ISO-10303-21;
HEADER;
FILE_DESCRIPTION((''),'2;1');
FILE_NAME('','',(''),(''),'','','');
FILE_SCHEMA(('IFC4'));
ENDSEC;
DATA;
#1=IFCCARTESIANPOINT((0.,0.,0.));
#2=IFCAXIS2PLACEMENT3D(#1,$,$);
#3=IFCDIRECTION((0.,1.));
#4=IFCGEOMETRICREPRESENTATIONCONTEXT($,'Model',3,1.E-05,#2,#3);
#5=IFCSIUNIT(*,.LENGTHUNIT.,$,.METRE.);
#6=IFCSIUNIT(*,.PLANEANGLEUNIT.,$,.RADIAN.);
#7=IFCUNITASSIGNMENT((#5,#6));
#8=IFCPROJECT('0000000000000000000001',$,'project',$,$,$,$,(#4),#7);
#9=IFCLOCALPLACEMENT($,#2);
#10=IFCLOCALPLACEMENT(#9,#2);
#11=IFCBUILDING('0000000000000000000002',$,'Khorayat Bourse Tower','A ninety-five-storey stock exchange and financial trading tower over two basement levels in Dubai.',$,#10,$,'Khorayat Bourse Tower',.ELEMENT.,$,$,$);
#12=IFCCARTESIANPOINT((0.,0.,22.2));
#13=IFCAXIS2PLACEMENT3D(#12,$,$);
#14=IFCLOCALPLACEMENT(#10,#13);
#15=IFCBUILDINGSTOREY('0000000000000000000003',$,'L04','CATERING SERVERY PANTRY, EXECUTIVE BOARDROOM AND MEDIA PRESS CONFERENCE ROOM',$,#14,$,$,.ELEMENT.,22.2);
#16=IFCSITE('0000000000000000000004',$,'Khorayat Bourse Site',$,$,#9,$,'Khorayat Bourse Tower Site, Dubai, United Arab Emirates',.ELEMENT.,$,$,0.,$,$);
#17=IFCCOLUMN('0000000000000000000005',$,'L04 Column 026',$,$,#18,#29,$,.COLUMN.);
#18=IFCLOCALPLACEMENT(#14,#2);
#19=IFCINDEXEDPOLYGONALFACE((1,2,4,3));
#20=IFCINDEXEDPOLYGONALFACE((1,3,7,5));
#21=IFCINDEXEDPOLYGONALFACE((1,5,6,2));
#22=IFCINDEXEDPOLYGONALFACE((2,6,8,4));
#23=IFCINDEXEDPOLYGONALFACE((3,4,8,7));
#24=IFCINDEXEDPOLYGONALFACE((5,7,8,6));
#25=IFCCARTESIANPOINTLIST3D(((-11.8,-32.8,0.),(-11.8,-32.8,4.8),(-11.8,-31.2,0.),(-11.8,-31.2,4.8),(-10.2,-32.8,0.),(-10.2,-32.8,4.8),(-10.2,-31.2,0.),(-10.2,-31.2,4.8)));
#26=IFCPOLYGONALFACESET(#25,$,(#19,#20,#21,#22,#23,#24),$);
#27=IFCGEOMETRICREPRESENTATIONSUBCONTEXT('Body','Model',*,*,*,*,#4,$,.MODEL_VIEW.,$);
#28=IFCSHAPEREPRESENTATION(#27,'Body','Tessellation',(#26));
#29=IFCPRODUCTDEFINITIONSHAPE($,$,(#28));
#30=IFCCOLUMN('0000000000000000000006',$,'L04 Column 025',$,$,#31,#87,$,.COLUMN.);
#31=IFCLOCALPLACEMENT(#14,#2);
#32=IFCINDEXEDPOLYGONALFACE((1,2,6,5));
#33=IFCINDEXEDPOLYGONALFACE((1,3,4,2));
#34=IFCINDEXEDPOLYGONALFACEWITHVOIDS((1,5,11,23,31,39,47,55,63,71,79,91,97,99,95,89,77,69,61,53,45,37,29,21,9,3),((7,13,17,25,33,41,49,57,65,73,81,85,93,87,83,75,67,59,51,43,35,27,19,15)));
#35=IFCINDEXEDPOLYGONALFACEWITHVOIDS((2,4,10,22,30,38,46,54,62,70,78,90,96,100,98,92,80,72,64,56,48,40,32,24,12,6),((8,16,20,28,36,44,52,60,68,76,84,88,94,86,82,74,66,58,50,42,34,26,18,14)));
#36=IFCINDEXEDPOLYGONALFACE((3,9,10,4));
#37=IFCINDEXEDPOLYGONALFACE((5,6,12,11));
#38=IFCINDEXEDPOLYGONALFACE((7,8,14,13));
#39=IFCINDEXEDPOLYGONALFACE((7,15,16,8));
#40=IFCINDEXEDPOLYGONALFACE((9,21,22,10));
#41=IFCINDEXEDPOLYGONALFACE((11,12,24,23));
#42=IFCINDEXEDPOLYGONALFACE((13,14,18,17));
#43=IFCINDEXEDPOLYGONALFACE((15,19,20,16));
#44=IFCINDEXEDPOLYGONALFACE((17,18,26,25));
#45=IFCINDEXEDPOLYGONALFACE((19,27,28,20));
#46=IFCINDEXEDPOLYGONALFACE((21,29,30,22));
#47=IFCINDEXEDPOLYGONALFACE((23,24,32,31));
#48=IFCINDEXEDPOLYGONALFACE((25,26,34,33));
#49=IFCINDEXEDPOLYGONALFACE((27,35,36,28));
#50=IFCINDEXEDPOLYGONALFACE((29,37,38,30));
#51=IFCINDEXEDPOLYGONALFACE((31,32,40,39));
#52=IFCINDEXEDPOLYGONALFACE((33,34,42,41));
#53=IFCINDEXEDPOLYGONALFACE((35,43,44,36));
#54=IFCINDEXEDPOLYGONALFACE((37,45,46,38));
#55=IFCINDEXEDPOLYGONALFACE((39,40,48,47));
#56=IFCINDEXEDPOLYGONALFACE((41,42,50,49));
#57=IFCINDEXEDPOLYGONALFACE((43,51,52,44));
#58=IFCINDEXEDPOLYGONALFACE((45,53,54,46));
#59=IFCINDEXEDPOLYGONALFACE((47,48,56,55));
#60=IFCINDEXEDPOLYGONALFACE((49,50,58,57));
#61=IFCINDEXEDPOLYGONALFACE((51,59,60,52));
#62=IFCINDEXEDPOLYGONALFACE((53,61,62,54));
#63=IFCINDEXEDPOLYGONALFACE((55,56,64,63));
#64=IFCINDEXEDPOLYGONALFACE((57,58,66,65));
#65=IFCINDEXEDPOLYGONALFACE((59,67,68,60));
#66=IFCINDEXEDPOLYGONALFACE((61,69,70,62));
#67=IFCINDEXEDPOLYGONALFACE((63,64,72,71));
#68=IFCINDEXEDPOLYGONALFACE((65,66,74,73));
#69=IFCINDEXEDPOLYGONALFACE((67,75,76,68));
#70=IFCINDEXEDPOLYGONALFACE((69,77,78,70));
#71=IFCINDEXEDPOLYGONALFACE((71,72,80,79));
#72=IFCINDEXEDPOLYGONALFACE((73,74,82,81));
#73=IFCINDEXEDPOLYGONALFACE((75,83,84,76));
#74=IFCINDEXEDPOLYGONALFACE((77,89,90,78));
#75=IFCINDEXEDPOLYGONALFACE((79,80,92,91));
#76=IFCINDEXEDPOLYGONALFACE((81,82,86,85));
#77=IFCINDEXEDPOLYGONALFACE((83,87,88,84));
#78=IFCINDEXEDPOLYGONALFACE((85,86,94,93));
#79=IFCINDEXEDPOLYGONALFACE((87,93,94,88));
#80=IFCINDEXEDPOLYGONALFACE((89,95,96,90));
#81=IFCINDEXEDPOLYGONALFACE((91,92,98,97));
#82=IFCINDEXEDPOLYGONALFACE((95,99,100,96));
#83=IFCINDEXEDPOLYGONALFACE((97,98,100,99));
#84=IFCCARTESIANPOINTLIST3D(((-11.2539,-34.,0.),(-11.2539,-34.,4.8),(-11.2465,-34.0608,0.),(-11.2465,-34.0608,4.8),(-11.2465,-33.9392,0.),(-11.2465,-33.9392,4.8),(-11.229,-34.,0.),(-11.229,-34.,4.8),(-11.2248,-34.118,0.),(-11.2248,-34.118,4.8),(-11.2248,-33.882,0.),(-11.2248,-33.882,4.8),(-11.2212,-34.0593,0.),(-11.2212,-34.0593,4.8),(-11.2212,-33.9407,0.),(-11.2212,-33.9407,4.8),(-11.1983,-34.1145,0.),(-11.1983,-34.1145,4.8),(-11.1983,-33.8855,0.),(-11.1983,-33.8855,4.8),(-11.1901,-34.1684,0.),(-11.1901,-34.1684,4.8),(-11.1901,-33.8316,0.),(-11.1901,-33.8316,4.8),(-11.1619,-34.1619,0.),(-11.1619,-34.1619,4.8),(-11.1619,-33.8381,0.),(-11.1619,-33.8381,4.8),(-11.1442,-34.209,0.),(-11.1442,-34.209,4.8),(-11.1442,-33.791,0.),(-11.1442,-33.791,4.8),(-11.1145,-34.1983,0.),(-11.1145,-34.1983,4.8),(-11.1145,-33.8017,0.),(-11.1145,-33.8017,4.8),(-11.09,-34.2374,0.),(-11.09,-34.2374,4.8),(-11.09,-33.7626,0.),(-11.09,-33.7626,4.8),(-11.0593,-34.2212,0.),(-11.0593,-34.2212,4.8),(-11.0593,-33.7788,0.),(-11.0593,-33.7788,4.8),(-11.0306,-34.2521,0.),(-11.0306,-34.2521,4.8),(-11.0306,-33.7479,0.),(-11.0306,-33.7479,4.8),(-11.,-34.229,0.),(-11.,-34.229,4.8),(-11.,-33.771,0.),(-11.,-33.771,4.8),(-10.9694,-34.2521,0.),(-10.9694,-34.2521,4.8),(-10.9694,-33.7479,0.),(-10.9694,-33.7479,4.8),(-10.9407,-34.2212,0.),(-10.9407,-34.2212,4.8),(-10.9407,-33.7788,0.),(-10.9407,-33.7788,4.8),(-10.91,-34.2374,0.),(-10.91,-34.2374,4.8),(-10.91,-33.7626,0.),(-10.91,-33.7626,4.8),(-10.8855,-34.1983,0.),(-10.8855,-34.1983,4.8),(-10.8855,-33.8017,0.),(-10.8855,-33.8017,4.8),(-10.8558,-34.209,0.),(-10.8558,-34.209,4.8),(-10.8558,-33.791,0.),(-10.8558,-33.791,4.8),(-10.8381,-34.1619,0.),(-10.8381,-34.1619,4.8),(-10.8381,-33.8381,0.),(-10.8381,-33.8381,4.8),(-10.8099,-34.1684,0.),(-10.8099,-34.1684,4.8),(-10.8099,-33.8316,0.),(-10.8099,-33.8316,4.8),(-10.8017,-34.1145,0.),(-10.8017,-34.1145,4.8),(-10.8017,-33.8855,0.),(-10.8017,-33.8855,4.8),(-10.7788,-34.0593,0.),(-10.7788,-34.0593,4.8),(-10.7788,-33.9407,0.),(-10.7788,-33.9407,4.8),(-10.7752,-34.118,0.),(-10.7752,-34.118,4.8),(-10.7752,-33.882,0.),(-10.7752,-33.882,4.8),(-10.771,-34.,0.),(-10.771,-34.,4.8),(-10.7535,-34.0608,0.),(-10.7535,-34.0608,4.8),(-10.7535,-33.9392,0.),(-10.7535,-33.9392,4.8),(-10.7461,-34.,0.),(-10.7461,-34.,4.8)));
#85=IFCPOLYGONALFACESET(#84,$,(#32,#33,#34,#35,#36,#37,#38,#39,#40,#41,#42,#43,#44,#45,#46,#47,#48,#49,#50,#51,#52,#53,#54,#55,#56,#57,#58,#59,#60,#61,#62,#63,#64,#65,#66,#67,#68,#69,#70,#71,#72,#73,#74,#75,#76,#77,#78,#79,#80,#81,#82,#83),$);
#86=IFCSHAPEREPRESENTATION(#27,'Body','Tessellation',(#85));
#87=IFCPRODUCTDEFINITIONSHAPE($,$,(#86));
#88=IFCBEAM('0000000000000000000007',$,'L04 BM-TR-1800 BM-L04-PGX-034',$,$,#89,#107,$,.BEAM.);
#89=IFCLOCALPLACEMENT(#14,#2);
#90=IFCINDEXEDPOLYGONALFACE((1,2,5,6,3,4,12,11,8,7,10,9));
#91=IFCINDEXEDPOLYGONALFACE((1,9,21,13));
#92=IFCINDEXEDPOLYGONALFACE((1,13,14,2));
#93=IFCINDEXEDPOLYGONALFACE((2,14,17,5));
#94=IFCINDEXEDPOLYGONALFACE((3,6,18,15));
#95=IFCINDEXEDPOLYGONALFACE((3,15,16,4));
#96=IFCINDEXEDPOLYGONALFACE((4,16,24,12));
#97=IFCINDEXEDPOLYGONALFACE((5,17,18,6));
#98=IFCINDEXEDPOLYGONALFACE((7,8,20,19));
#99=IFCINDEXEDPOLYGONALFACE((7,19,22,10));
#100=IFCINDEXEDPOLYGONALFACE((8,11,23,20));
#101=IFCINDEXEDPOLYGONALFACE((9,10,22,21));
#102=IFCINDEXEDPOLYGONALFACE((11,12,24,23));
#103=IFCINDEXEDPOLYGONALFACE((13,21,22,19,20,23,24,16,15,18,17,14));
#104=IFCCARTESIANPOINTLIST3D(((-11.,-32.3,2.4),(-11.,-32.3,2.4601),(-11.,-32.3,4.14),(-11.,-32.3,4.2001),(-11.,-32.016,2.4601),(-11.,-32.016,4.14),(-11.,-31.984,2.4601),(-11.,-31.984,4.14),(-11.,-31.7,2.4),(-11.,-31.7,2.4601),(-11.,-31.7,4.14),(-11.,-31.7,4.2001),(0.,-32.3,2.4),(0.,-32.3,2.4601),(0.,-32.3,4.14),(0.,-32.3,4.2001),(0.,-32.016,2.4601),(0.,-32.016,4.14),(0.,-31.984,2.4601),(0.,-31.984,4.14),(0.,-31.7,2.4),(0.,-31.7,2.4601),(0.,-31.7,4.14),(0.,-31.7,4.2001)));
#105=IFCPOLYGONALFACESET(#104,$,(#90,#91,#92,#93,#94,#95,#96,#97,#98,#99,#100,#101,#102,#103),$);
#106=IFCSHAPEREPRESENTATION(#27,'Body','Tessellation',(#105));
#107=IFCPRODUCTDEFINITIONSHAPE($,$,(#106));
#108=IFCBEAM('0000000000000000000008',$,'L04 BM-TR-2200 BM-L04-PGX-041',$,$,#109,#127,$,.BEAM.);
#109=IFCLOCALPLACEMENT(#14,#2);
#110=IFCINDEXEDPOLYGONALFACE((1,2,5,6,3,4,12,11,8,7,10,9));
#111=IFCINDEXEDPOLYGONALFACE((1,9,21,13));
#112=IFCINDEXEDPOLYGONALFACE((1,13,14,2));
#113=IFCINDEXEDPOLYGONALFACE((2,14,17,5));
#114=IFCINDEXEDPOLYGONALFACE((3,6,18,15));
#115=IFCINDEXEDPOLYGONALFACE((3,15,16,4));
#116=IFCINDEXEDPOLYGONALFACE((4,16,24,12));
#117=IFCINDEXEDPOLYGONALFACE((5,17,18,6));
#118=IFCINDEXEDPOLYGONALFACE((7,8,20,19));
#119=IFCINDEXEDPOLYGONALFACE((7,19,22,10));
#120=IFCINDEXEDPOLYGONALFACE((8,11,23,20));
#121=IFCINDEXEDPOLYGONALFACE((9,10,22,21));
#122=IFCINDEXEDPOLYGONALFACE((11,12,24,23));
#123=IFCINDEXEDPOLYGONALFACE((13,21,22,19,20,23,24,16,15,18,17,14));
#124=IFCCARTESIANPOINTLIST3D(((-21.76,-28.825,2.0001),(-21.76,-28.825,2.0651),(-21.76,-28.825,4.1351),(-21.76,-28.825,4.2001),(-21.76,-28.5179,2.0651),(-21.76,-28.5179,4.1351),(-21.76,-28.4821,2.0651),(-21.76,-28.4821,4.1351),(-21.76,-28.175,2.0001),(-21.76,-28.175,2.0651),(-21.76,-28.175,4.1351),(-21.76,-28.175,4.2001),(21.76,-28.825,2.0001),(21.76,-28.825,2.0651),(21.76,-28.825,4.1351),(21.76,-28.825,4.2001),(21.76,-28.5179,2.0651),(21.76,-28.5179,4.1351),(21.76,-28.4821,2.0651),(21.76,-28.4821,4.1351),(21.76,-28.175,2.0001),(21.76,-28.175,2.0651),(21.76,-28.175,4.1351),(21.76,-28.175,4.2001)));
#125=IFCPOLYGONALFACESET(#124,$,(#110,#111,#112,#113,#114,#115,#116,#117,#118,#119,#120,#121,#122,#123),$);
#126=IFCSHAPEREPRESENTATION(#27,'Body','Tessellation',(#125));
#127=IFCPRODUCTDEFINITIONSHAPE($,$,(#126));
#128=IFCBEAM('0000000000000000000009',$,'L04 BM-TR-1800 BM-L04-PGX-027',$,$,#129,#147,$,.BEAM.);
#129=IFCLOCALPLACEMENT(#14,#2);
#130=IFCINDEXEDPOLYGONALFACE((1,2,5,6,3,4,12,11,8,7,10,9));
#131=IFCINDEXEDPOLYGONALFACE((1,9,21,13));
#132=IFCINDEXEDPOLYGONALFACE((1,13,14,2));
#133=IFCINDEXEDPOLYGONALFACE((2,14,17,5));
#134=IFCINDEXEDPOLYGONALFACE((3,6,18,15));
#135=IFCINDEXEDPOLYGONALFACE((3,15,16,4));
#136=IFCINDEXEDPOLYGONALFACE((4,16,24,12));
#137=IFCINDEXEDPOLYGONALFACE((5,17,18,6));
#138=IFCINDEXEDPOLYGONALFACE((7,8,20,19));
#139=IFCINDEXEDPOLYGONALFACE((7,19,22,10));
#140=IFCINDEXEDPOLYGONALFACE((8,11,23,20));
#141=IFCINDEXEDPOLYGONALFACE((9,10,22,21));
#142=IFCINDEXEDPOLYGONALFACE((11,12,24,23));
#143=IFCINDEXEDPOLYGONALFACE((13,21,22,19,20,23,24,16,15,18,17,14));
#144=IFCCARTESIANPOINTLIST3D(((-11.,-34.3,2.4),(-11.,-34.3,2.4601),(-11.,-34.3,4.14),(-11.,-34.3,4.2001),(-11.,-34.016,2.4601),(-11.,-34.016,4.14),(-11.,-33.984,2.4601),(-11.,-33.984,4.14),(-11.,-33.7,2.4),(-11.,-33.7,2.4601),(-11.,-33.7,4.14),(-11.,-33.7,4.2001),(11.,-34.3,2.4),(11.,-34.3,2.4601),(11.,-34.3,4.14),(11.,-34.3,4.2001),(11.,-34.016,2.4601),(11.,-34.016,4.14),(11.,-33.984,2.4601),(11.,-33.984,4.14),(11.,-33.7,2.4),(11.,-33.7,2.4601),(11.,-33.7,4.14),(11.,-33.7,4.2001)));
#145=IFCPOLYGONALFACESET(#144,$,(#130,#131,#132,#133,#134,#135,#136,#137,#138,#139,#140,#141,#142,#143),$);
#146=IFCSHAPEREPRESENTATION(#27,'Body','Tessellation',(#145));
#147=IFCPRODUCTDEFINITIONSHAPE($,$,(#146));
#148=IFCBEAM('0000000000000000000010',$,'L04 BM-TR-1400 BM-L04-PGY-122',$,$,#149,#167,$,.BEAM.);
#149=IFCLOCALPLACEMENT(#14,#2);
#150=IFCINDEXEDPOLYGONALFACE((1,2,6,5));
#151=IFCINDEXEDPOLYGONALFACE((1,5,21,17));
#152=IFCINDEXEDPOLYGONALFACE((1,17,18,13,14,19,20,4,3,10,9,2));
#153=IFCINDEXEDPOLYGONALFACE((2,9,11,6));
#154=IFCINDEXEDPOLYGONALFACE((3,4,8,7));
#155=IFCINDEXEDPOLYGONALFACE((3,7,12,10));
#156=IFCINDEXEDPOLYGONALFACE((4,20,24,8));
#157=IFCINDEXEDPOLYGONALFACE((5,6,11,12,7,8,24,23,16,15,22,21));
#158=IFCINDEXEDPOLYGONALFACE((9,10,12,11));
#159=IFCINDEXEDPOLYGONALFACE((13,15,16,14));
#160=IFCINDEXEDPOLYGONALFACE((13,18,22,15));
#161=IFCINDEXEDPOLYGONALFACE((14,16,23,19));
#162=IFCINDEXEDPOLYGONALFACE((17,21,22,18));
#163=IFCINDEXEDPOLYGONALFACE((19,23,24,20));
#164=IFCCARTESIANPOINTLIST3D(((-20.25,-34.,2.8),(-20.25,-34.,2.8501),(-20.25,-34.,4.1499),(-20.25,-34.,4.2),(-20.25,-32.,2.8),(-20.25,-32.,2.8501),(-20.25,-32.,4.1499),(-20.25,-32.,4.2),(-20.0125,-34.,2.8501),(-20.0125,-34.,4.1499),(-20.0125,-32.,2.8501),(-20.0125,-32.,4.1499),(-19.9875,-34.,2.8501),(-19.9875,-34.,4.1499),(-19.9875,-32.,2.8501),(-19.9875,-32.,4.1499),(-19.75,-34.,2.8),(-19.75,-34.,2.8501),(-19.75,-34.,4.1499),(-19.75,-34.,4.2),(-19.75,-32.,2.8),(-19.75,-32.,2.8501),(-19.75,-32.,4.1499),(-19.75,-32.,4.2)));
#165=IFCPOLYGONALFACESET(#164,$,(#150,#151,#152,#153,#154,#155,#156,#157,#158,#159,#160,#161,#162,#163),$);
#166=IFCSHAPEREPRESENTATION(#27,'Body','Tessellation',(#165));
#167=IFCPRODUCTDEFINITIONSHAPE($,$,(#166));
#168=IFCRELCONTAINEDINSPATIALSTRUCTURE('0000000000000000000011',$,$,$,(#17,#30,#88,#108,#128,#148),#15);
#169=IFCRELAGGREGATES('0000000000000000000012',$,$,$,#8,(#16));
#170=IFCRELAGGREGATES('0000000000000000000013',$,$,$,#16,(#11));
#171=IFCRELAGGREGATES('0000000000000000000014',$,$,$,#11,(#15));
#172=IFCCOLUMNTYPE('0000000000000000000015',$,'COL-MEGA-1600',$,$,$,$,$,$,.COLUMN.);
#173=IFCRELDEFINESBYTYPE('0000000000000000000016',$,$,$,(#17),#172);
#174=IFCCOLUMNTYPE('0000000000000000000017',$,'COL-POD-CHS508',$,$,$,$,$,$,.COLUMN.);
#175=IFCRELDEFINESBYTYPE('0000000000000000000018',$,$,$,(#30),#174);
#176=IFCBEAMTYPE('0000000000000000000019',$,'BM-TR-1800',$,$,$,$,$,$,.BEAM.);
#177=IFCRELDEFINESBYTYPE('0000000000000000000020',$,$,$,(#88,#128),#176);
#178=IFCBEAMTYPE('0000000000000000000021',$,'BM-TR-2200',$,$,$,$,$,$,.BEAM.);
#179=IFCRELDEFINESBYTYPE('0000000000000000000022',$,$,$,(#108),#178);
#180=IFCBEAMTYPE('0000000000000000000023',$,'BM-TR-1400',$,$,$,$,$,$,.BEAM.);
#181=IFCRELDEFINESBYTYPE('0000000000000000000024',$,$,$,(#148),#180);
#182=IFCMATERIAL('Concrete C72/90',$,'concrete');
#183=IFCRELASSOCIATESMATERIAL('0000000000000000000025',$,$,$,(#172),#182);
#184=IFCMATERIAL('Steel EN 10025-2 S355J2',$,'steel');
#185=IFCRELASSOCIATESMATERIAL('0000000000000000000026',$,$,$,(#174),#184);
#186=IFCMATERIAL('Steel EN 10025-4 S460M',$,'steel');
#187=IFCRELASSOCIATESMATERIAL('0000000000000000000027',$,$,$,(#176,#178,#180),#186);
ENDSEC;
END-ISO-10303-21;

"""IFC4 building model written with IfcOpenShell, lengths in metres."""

from ifc_helpers import new_model, si_unit, direction, frame, origin, origin_2d, place, context, subcontext, project, spatial, rectangle, hollow_circle, i_section, extrude, source, transform, mapped, material, material_profile, profile_set, type_object, element, save


model = new_model("IFC4")

# Units and contexts
model_context = context("Model", 3, precision=1e-05, world=origin(), true_north=direction((0.0, 1.0)))
body_context = subcontext(model_context, "Body", "Model", "MODEL_VIEW")
ifc_project = project(units=[si_unit("LENGTHUNIT", "METRE"), si_unit("PLANEANGLEUNIT", "RADIAN")], contexts=[model_context])

# Site, building, storey
site_placement = place(None, origin())
site = spatial("IfcSite", under=ifc_project, at=site_placement, Name="Khorayat Bourse Site", LongName="Khorayat Bourse Tower Site, Dubai, United Arab Emirates", CompositionType="ELEMENT", RefElevation=0.0)
building_placement = place(site_placement, origin())
building = spatial("IfcBuilding", under=site, at=building_placement, Name="Khorayat Bourse Tower", Description="A ninety-five-storey stock exchange and financial trading tower over two basement levels in Dubai.", LongName="Khorayat Bourse Tower", CompositionType="ELEMENT")
storey_placement = place(building_placement, frame((0.0, 0.0, 22.2)))
storey = spatial("IfcBuildingStorey", under=building, at=storey_placement, Name="L04", Description="CATERING SERVERY PANTRY, EXECUTIVE BOARDROOM AND MEDIA PRESS CONFERENCE ROOM", CompositionType="ELEMENT", Elevation=22.2)

# Columns
ifc_material_1 = material(Name="Concrete C72/90", Category="concrete")
ifc_material_profile_1 = material_profile(ifc_material_1, rectangle(XDim=1.6001, YDim=1.6001, at=origin_2d()), Name="RC 1600x1600")
ifc_profile_set_1 = profile_set([ifc_material_profile_1], Name="Concrete C72/90")
column_type_1 = type_object("IfcColumnType", Name="COL-MEGA-1600", PredefinedType="COLUMN", material=ifc_profile_set_1)
shared_shape_1 = source(origin(), body_context, "Body", "SweptSolid", [
    extrude(rectangle(XDim=1.6001, YDim=1.6001, at=origin_2d()), origin(), (0.0, 0.0, 1.0), 4.8),
])
column_1_placement = place(storey_placement, frame((-11.0, -32.0, 0.0), z_axis=(0.0, 0.0, 1.0), x_axis=(1.0, 0.0, 0.0)))
element("IfcColumn", 1, at=column_1_placement, inside=storey, type_object=column_type_1, Name="L04 Column 026", PredefinedType="COLUMN", context=body_context, shape_type="MappedRepresentation", body=[
    mapped(shared_shape_1, transform((0.0, 0.0, 0.0), scale=1.0)),
])
ifc_material_2 = material(Name="Steel EN 10025-2 S355J2", Category="steel")
ifc_material_profile_2 = material_profile(ifc_material_2, hollow_circle(Radius=0.2539, WallThickness=0.0249, at=origin_2d()), Name="CHS 508x25")
ifc_profile_set_2 = profile_set([ifc_material_profile_2], Name="Steel EN 10025-2 S355J2")
column_type_2 = type_object("IfcColumnType", Name="COL-POD-CHS508", PredefinedType="COLUMN", material=ifc_profile_set_2)
shared_shape_2 = source(origin(), body_context, "Body", "SweptSolid", [
    extrude(hollow_circle(Radius=0.2539, WallThickness=0.0249, at=origin_2d()), origin(), (0.0, 0.0, 1.0), 4.8),
])
column_2_placement = place(storey_placement, frame((-11.0, -34.0, 0.0), z_axis=(0.0, 0.0, 1.0), x_axis=(1.0, 0.0, 0.0)))
element("IfcColumn", 2, at=column_2_placement, inside=storey, type_object=column_type_2, Name="L04 Column 025", PredefinedType="COLUMN", context=body_context, shape_type="MappedRepresentation", body=[
    mapped(shared_shape_2, transform((0.0, 0.0, 0.0), scale=1.0)),
])

# Beams
ifc_material_3 = material(Name="Steel EN 10025-4 S460M", Category="steel")
ifc_material_profile_3 = material_profile(ifc_material_3, i_section(OverallWidth=0.6001, OverallDepth=1.8, WebThickness=0.032, FlangeThickness=0.0601, at=origin_2d()), Name="PG 1800x600x32x60")
ifc_profile_set_3 = profile_set([ifc_material_profile_3], Name="Steel EN 10025-4 S460M")
beam_type_1 = type_object("IfcBeamType", Name="BM-TR-1800", PredefinedType="BEAM", material=ifc_profile_set_3)
shared_shape_3 = source(origin(), body_context, "Body", "SweptSolid", [
    extrude(i_section(OverallWidth=0.6001, OverallDepth=1.8, WebThickness=0.032, FlangeThickness=0.0601, at=origin_2d()), origin(), (0.0, 0.0, 1.0), 11.0),
])
beam_1_placement = place(storey_placement, frame((-11.0, -32.0, 3.3), z_axis=(1.0, 0.0, 0.0), x_axis=(0.0, 1.0, 0.0)))
element("IfcBeam", 3, at=beam_1_placement, inside=storey, type_object=beam_type_1, Name="L04 BM-TR-1800 BM-L04-PGX-034", PredefinedType="BEAM", context=body_context, shape_type="MappedRepresentation", body=[
    mapped(shared_shape_3, transform((0.0, 0.0, 0.0), scale=1.0)),
])
ifc_material_profile_4 = material_profile(ifc_material_3, i_section(OverallWidth=0.6499, OverallDepth=2.2, WebThickness=0.0359, FlangeThickness=0.0649, at=origin_2d()), Name="PG 2200x650x36x65")
ifc_profile_set_4 = profile_set([ifc_material_profile_4], Name="Steel EN 10025-4 S460M")
beam_type_2 = type_object("IfcBeamType", Name="BM-TR-2200", PredefinedType="BEAM", material=ifc_profile_set_4)
shared_shape_4 = source(origin(), body_context, "Body", "SweptSolid", [
    extrude(i_section(OverallWidth=0.6499, OverallDepth=2.2, WebThickness=0.0359, FlangeThickness=0.0649, at=origin_2d()), origin(), (0.0, 0.0, 1.0), 43.52),
])
beam_2_placement = place(storey_placement, frame((-21.76, -28.5, 3.1001), z_axis=(1.0, 0.0, 0.0), x_axis=(0.0, 1.0, 0.0)))
element("IfcBeam", 4, at=beam_2_placement, inside=storey, type_object=beam_type_2, Name="L04 BM-TR-2200 BM-L04-PGX-041", PredefinedType="BEAM", context=body_context, shape_type="MappedRepresentation", body=[
    mapped(shared_shape_4, transform((0.0, 0.0, 0.0), scale=1.0)),
])
shared_shape_5 = source(origin(), body_context, "Body", "SweptSolid", [
    extrude(i_section(OverallWidth=0.6001, OverallDepth=1.8, WebThickness=0.032, FlangeThickness=0.0601, at=origin_2d()), origin(), (0.0, 0.0, 1.0), 22.0),
])
beam_3_placement = place(storey_placement, frame((-11.0, -34.0, 3.3), z_axis=(1.0, 0.0, 0.0), x_axis=(0.0, 1.0, 0.0)))
element("IfcBeam", 5, at=beam_3_placement, inside=storey, type_object=beam_type_1, Name="L04 BM-TR-1800 BM-L04-PGX-027", PredefinedType="BEAM", context=body_context, shape_type="MappedRepresentation", body=[
    mapped(shared_shape_5, transform((0.0, 0.0, 0.0), scale=1.0)),
])
ifc_material_profile_5 = material_profile(ifc_material_3, i_section(OverallWidth=0.5, OverallDepth=1.3999, WebThickness=0.0249, FlangeThickness=0.05, at=origin_2d()), Name="PG 1400x500x25x50")
ifc_profile_set_5 = profile_set([ifc_material_profile_5], Name="Steel EN 10025-4 S460M")
beam_type_3 = type_object("IfcBeamType", Name="BM-TR-1400", PredefinedType="BEAM", material=ifc_profile_set_5)
shared_shape_6 = source(origin(), body_context, "Body", "SweptSolid", [
    extrude(i_section(OverallWidth=0.5, OverallDepth=1.3999, WebThickness=0.0249, FlangeThickness=0.05, at=origin_2d()), origin(), (0.0, 0.0, 1.0), 2.0),
])
for number, where, z_axis, x_axis, name in (
    (6, (-20.0, -34.0, 3.5), (0.0, 1.0, 0.0), (-1.0, 0.0, 0.0), "L04 BM-TR-1400 BM-L04-PGY-122"),
):
    element("IfcBeam", number, at=place(storey_placement, frame(where, z_axis=z_axis, x_axis=x_axis)), inside=storey, type_object=beam_type_3, Name=name, PredefinedType="BEAM", context=body_context, shape_type="MappedRepresentation", body=[
        mapped(shared_shape_6, transform((0.0, 0.0, 0.0), scale=1.0)),
    ])

save(model, "model.ifc")
